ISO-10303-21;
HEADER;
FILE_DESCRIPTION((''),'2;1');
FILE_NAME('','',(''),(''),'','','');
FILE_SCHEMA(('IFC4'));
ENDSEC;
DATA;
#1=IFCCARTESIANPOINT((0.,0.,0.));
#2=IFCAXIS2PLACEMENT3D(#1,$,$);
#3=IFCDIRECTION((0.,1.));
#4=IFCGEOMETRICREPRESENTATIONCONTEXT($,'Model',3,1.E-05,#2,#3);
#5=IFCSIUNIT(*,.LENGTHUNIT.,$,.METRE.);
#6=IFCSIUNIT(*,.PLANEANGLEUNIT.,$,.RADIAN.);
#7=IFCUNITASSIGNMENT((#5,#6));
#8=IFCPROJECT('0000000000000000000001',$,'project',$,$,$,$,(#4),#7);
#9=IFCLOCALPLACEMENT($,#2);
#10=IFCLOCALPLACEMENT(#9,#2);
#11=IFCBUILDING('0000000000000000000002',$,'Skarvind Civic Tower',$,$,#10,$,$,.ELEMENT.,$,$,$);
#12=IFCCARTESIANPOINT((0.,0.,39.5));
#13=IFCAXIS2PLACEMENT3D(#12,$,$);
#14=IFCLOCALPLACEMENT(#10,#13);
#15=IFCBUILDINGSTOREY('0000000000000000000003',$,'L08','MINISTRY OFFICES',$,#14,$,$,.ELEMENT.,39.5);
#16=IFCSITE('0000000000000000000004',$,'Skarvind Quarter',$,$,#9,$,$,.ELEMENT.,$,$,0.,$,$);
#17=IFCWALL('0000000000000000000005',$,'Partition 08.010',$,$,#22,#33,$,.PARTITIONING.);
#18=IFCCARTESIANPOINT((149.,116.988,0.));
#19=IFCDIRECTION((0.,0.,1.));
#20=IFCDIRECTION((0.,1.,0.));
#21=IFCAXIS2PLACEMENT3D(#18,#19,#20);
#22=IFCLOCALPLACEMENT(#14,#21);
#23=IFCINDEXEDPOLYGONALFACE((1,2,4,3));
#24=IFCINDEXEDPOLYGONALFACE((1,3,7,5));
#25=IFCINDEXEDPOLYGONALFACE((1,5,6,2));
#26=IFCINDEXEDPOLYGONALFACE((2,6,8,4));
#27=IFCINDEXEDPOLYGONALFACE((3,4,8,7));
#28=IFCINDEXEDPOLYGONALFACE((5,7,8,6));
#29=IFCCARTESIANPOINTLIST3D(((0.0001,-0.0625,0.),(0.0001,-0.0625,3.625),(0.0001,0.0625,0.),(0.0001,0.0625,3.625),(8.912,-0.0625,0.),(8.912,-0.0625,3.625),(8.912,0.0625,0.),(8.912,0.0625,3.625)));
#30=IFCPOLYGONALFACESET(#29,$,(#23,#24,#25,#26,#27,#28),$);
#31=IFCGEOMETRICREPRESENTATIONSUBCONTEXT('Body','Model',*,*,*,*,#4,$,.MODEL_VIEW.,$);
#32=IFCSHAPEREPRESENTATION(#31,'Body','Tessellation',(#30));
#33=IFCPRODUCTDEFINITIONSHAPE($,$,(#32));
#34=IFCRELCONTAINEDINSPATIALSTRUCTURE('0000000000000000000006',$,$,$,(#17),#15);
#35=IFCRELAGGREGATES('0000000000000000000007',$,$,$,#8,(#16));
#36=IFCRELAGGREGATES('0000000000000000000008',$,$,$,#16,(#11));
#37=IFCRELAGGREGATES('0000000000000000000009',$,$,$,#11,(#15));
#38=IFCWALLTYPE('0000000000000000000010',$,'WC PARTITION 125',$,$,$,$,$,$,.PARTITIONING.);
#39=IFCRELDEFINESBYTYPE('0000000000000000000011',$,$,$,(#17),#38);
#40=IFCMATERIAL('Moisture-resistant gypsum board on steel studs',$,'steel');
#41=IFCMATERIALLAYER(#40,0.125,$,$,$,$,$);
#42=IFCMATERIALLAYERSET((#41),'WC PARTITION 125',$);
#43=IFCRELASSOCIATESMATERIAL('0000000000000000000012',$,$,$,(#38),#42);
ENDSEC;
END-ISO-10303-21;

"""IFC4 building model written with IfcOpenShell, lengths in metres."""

from ifc_helpers import new_model, si_unit, direction, frame, frame_2d, origin, place, context, subcontext, project, spatial, rectangle, extrude, material, layer, layer_set, type_object, element, save


model = new_model("IFC4")

# Units and contexts
model_context = context("Model", 3, precision=1e-05, world=origin(), true_north=direction((0.0, 1.0)))
body_context = subcontext(model_context, "Body", "Model", "MODEL_VIEW")
ifc_project = project(units=[si_unit("LENGTHUNIT", "METRE"), si_unit("PLANEANGLEUNIT", "RADIAN")], contexts=[model_context])

# Site, building, storey
site_placement = place(None, origin())
site = spatial("IfcSite", under=ifc_project, at=site_placement, Name="Skarvind Quarter", CompositionType="ELEMENT", RefElevation=0.0)
building_placement = place(site_placement, origin())
building = spatial("IfcBuilding", under=site, at=building_placement, Name="Skarvind Civic Tower", CompositionType="ELEMENT")
storey_placement = place(building_placement, frame((0.0, 0.0, 39.5)))
storey = spatial("IfcBuildingStorey", under=building, at=storey_placement, Name="L08", Description="MINISTRY OFFICES", CompositionType="ELEMENT", Elevation=39.5)

# Shared definitions
ifc_material_1 = material(Name="Moisture-resistant gypsum board on steel studs", Category="steel")
ifc_layer_1 = layer(ifc_material_1, 0.125)
ifc_layer_set_1 = layer_set([ifc_layer_1], Name="WC PARTITION 125")
wall_type_1 = type_object("IfcWallType", Name="WC PARTITION 125", PredefinedType="PARTITIONING", material=ifc_layer_set_1)

# Wall
wall_1_placement = place(storey_placement, frame((149.0, 116.988, 0.0), z_axis=(0.0, 0.0, 1.0), x_axis=(0.0, 1.0, 0.0)))
element("IfcWall", 1, at=wall_1_placement, inside=storey, type_object=wall_type_1, Name="Partition 08.010", PredefinedType="PARTITIONING", context=body_context, shape_type="SweptSolid", body=[
    extrude(rectangle(XDim=8.9119, YDim=0.125, at=frame_2d((4.4561, 0.0))), origin(), (0.0, 0.0, 1.0), 3.625),
])

save(model, "model.ifc")
